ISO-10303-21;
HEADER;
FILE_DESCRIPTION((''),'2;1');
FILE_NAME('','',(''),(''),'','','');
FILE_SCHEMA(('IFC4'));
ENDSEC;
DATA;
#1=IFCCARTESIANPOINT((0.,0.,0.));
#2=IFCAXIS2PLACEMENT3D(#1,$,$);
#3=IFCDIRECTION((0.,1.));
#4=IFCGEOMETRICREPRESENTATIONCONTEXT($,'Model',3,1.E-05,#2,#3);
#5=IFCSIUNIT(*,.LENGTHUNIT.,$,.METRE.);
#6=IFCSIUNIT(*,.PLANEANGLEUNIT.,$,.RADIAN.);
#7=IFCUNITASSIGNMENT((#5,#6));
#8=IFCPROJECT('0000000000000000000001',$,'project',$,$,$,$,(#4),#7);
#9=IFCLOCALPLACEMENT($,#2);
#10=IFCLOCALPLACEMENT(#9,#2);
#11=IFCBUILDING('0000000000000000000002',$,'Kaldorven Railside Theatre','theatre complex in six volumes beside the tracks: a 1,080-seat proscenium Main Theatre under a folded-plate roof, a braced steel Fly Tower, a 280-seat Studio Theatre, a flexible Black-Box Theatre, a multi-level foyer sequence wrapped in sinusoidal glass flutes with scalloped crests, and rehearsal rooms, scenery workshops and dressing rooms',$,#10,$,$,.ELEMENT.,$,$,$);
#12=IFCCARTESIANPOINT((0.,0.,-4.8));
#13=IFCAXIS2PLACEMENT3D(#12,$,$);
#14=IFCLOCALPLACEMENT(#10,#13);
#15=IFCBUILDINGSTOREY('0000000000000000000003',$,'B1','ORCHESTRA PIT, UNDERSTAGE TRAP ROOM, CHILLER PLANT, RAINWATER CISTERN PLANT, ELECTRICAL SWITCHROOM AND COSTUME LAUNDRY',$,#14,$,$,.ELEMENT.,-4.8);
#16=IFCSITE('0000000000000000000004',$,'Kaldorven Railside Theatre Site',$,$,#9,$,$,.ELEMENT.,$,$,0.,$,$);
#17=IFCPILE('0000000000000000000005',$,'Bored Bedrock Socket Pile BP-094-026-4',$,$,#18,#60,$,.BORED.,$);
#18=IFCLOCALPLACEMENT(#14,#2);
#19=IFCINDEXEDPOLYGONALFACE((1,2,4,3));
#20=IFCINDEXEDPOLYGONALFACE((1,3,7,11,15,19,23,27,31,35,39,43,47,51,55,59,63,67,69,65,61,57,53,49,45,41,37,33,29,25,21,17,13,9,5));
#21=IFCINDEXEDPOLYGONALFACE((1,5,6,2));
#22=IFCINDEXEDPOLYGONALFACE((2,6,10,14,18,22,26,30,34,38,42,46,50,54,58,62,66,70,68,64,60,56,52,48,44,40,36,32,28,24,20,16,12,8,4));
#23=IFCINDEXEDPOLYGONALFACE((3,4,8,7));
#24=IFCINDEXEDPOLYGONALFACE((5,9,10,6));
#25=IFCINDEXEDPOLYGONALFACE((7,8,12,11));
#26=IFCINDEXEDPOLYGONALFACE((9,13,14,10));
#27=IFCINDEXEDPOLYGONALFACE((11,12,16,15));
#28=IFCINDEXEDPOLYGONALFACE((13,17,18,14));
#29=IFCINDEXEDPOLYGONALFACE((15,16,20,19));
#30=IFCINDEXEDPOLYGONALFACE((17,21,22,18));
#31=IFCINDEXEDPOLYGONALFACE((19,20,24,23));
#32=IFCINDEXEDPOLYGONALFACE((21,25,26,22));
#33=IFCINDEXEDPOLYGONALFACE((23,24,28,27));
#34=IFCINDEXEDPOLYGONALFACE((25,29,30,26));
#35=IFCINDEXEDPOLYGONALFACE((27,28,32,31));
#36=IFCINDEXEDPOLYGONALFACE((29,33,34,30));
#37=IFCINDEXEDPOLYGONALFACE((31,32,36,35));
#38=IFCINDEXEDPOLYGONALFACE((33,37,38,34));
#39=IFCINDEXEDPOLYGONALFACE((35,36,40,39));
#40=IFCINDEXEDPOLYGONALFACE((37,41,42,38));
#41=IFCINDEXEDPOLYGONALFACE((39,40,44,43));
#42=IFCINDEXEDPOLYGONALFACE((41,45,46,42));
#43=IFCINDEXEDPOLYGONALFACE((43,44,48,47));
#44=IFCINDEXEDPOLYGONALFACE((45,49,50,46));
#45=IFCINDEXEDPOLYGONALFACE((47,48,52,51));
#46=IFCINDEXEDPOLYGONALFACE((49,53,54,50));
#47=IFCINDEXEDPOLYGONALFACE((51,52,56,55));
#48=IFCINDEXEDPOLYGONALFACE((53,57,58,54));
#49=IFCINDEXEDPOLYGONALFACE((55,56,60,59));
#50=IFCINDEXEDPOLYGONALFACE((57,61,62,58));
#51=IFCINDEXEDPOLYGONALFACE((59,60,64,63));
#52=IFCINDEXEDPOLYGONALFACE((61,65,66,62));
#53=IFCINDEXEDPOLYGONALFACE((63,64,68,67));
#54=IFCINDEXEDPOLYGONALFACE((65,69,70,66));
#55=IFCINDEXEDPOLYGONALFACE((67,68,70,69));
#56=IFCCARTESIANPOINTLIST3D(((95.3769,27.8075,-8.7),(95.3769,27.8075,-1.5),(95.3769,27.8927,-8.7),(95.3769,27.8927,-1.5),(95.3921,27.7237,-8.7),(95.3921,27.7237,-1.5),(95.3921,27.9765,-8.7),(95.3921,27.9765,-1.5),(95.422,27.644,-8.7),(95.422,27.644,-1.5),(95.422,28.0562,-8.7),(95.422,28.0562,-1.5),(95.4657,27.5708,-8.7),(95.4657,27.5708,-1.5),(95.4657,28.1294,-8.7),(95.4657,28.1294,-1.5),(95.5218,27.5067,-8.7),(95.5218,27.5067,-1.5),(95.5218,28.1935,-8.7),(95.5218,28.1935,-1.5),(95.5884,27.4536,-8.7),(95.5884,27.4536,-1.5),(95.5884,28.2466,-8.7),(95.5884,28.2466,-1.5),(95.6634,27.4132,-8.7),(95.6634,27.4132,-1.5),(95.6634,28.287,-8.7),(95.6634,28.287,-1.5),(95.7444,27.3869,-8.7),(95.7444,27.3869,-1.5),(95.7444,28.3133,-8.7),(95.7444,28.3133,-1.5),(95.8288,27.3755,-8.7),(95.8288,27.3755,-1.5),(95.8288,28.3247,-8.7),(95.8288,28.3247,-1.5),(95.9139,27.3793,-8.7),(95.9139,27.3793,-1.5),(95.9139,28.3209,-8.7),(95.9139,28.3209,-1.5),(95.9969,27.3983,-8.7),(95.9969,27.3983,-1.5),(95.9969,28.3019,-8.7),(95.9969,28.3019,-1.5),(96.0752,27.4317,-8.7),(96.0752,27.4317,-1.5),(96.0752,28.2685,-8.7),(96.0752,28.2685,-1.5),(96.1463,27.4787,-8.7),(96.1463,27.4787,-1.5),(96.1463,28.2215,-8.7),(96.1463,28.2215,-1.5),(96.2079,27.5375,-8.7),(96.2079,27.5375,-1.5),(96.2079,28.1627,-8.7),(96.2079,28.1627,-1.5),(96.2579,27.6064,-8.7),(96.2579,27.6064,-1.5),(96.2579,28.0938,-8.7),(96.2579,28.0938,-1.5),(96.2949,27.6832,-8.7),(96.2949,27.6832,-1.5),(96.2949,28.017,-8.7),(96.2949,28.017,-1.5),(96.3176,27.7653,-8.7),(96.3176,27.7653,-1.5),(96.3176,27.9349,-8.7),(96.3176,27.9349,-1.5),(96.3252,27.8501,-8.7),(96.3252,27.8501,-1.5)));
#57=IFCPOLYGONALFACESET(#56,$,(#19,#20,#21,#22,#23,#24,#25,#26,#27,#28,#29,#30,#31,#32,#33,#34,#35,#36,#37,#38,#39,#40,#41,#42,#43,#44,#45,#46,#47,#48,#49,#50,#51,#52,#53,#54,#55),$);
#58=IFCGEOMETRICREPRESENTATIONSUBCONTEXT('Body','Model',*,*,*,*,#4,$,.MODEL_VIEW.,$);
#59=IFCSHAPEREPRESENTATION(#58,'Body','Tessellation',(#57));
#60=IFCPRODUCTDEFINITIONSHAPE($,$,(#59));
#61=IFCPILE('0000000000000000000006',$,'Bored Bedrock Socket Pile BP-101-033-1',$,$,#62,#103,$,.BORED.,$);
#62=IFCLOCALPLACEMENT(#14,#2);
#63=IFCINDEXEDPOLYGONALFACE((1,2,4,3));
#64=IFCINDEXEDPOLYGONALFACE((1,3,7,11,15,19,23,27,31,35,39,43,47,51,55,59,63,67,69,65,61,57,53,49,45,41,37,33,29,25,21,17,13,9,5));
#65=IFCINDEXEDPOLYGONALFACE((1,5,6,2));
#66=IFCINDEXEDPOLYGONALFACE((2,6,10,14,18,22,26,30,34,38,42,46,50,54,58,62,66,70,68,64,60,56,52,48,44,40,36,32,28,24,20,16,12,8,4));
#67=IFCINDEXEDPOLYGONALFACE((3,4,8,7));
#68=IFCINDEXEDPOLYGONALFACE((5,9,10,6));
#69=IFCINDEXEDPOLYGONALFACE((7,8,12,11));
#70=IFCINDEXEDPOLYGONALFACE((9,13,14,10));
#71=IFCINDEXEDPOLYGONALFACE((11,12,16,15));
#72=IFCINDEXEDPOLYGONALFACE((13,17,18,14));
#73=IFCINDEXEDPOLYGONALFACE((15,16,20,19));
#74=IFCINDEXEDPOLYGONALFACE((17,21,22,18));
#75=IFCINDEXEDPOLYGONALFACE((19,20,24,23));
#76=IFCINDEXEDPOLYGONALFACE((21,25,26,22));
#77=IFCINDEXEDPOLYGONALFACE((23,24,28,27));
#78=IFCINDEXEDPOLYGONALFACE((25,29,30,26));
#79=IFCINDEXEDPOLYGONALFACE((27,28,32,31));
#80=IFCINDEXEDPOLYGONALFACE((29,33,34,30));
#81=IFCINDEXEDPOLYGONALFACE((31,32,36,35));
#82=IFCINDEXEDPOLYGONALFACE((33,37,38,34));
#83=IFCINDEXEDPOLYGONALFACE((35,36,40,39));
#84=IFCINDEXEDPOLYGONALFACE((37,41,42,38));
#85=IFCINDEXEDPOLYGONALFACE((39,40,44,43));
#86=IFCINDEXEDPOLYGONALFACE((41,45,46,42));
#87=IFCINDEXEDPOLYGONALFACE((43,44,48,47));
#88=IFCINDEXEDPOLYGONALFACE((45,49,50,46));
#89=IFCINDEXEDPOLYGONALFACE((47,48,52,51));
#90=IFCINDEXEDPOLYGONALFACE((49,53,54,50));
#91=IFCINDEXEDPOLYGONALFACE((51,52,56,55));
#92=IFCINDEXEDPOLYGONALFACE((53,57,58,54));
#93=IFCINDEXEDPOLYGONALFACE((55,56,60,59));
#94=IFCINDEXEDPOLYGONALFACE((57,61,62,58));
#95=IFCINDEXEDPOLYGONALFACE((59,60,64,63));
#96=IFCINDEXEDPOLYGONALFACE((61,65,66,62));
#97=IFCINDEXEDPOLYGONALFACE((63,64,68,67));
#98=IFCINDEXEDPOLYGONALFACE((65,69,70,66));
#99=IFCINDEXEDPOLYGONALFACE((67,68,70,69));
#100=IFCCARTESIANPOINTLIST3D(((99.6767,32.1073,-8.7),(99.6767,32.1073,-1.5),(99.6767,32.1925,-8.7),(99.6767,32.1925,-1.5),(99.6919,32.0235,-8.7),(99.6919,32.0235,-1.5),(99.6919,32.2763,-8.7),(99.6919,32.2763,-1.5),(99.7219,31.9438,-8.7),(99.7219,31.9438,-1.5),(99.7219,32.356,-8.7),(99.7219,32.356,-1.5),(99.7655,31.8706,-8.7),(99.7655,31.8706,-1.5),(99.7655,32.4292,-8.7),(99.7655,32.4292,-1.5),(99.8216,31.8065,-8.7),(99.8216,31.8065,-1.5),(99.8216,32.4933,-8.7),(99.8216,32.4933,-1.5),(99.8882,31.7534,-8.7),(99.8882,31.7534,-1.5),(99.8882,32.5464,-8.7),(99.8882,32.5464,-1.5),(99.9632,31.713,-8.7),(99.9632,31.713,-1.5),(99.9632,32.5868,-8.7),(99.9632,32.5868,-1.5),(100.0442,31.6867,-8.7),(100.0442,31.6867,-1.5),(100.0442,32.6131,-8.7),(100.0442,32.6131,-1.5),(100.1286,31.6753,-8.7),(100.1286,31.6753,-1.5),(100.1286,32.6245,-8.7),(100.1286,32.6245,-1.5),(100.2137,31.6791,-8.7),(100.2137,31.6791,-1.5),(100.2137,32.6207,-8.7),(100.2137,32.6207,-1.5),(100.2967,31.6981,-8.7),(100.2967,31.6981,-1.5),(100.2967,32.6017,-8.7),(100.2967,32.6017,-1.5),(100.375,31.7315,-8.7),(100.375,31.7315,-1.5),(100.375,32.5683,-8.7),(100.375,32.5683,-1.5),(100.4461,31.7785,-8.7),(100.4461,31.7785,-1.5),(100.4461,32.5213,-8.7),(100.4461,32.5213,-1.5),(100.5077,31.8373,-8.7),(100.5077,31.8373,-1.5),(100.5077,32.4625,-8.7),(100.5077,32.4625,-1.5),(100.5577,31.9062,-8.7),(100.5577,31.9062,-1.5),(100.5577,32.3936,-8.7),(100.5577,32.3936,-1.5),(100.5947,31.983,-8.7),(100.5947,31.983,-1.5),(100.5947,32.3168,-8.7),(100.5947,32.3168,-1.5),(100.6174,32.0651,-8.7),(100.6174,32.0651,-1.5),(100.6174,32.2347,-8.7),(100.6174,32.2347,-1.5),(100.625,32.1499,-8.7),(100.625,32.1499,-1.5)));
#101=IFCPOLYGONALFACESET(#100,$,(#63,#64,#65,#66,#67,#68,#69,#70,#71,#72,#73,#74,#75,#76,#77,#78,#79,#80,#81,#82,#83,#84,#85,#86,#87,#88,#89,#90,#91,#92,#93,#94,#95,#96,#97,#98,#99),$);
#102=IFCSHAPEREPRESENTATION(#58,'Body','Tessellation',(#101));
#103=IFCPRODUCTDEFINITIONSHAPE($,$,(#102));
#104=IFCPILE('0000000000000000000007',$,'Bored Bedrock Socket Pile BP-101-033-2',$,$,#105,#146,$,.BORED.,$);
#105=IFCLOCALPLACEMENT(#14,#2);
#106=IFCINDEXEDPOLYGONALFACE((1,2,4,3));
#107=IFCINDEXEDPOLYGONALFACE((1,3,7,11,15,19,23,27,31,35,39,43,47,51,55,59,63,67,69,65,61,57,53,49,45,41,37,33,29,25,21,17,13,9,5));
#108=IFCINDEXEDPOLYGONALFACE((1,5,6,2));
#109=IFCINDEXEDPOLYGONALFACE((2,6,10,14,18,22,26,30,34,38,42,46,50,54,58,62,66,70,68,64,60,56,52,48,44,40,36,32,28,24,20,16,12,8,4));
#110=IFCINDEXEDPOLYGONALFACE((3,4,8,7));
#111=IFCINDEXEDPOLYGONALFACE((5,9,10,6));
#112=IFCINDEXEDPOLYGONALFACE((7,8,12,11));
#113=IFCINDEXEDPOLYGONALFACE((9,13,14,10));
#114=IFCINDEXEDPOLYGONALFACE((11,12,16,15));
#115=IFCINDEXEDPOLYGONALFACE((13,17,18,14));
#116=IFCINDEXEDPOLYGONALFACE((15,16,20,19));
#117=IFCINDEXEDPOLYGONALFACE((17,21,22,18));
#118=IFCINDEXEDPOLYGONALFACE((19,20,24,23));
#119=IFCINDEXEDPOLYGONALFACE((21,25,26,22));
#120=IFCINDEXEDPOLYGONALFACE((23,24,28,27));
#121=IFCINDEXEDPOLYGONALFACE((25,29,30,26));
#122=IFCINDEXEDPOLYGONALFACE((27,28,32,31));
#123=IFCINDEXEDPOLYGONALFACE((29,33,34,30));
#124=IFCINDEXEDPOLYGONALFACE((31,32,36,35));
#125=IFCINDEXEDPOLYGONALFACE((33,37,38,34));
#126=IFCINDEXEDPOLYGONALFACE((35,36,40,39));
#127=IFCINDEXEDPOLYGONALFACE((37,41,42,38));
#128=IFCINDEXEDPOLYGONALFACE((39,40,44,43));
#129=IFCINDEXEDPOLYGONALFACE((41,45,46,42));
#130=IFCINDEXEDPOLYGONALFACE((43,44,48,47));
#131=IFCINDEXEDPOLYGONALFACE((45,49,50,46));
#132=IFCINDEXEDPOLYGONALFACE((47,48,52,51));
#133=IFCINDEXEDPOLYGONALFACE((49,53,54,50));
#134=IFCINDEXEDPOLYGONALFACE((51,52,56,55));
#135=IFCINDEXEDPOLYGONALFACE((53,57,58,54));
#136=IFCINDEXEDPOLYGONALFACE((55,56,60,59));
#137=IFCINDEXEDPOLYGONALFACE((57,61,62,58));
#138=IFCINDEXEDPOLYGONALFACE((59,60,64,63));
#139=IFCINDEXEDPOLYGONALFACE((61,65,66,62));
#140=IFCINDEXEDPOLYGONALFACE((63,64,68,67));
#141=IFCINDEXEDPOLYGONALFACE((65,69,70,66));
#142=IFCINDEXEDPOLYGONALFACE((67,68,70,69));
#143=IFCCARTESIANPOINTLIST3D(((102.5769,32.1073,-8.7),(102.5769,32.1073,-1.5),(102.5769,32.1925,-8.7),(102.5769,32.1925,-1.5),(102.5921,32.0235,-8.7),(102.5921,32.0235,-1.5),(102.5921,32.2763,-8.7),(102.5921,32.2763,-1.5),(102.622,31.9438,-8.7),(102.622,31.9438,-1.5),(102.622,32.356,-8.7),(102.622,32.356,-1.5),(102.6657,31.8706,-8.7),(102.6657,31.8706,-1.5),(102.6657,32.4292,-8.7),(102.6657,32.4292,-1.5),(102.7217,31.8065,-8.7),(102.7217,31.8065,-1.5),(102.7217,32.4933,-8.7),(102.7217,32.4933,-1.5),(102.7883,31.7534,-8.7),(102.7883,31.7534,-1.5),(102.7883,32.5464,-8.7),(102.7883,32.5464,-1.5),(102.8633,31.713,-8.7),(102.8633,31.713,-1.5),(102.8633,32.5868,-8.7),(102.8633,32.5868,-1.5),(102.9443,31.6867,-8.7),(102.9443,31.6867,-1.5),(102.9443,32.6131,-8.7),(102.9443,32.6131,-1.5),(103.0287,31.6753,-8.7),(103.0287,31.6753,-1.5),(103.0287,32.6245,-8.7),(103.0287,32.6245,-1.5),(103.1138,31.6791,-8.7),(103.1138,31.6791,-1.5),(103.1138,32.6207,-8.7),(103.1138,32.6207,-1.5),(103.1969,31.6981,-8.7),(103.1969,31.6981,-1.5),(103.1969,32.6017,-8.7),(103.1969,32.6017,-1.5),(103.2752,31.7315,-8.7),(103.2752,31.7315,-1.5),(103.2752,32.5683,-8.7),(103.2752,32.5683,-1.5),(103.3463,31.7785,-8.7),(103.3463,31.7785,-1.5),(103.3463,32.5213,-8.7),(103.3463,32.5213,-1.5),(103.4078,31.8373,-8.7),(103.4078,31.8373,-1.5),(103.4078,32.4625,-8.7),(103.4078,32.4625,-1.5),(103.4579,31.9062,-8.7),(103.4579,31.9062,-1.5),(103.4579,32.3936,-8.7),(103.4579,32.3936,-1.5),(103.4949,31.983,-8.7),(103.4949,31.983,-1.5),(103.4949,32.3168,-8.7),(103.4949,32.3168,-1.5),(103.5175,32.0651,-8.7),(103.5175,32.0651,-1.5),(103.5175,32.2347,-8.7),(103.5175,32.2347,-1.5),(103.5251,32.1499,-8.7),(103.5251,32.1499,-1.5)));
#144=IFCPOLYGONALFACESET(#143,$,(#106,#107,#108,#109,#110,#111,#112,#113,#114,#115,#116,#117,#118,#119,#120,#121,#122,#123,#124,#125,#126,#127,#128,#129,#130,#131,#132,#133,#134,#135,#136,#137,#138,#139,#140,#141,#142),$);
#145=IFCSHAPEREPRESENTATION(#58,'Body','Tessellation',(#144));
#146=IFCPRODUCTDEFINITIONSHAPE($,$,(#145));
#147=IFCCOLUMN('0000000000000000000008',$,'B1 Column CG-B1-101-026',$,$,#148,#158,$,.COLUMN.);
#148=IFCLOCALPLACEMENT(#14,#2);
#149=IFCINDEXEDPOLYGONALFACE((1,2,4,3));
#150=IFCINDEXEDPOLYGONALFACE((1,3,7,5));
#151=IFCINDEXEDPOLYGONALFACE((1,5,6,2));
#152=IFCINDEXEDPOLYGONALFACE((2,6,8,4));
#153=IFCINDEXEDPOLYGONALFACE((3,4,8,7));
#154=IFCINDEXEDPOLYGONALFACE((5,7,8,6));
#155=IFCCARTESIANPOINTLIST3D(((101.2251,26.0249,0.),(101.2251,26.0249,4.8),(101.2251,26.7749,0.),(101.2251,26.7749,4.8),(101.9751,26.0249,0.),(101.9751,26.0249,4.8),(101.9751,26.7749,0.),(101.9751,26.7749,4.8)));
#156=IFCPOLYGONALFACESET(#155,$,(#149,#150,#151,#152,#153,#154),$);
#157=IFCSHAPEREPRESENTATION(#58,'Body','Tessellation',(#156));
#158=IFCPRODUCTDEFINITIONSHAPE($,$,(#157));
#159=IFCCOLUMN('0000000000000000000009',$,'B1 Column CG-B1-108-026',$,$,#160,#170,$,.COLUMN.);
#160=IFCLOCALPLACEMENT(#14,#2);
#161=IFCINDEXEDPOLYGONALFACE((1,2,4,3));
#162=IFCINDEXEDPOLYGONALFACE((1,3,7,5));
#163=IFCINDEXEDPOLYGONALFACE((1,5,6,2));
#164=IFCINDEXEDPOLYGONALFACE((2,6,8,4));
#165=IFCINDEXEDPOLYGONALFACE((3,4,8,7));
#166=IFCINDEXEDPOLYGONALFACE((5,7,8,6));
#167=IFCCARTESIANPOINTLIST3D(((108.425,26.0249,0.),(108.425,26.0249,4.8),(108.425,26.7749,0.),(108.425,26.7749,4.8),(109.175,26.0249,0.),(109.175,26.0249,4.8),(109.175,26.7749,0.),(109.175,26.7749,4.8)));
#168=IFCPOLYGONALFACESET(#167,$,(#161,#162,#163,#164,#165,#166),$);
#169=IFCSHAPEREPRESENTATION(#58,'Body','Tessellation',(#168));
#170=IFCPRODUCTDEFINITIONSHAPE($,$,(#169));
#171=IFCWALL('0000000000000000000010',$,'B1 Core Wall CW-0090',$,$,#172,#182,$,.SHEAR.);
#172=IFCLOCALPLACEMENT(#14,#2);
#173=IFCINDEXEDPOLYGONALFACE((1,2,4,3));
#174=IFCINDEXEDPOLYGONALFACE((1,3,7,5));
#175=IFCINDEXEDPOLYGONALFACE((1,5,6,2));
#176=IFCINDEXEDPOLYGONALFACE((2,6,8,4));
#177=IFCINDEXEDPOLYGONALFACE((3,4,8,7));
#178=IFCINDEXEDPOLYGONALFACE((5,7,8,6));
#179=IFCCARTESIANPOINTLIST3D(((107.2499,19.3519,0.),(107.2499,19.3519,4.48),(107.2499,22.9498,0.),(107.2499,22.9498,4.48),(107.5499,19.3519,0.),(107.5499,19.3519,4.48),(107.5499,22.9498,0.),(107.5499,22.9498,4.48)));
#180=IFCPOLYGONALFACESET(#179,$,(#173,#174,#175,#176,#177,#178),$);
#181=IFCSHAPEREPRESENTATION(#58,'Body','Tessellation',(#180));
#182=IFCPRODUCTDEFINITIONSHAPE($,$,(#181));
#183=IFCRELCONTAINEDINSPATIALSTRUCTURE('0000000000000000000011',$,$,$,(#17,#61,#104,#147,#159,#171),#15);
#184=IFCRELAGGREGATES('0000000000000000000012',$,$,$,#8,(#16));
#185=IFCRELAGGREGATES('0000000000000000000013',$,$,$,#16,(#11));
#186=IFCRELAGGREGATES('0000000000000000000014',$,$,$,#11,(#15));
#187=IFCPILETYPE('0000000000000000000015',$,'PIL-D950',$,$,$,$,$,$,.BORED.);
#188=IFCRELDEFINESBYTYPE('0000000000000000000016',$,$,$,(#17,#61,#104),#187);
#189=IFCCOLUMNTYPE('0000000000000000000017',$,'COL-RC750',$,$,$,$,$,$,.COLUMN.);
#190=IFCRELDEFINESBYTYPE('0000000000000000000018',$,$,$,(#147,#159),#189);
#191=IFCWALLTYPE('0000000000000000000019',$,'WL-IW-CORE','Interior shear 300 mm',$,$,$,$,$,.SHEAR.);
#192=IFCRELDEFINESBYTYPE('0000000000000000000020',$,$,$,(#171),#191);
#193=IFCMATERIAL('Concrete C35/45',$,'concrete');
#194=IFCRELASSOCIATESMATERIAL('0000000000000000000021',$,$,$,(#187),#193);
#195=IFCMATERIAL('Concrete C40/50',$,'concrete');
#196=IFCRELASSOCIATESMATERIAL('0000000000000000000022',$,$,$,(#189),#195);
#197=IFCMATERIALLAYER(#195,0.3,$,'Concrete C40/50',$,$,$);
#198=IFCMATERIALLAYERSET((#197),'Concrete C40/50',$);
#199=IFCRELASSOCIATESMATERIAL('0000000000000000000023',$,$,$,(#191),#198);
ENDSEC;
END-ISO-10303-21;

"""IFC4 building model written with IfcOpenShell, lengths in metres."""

from ifc_helpers import new_model, si_unit, direction, frame, frame_2d, origin, origin_2d, place, context, subcontext, project, spatial, rectangle, circle, extrude, material, layer, layer_set, material_profile, profile_set, type_object, element, save


model = new_model("IFC4")

# Units and contexts
model_context = context("Model", 3, precision=1e-05, world=origin(), true_north=direction((0.0, 1.0)))
body_context = subcontext(model_context, "Body", "Model", "MODEL_VIEW")
ifc_project = project(units=[si_unit("LENGTHUNIT", "METRE"), si_unit("PLANEANGLEUNIT", "RADIAN")], contexts=[model_context])

# Site, building, storey
site_placement = place(None, origin())
site = spatial("IfcSite", under=ifc_project, at=site_placement, Name="Kaldorven Railside Theatre Site", CompositionType="ELEMENT", RefElevation=0.0)
building_placement = place(site_placement, origin())
building = spatial("IfcBuilding", under=site, at=building_placement, Name="Kaldorven Railside Theatre", Description="theatre complex in six volumes beside the tracks: a 1,080-seat proscenium Main Theatre under a folded-plate roof, a braced steel Fly Tower, a 280-seat Studio Theatre, a flexible Black-Box Theatre, a multi-level foyer sequence wrapped in sinusoidal glass flutes with scalloped crests, and rehearsal rooms, scenery workshops and dressing rooms", CompositionType="ELEMENT")
storey_placement = place(building_placement, frame((0.0, 0.0, -4.8)))
storey = spatial("IfcBuildingStorey", under=building, at=storey_placement, Name="B1", Description="ORCHESTRA PIT, UNDERSTAGE TRAP ROOM, CHILLER PLANT, RAINWATER CISTERN PLANT, ELECTRICAL SWITCHROOM AND COSTUME LAUNDRY", CompositionType="ELEMENT", Elevation=-4.8)

# Shared definitions
ifc_material_1 = material(Name="Concrete C40/50", Category="concrete")

# Piles
ifc_material_2 = material(Name="Concrete C35/45", Category="concrete")
ifc_material_profile_1 = material_profile(ifc_material_2, circle(Radius=0.4751, at=origin_2d()), Name="BP D950")
ifc_profile_set_1 = profile_set([ifc_material_profile_1], Name="Concrete C35/45")
pile_type_1 = type_object("IfcPileType", Name="PIL-D950", PredefinedType="BORED", material=ifc_profile_set_1)
for number, where, z_axis, x_axis, name in (
    (1, (95.8501, 27.8501, -1.5), (0.0, 0.0, -1.0), (1.0, 0.0, 0.0), "Bored Bedrock Socket Pile BP-094-026-4"),
    (2, (100.1499, 32.1499, -1.5), (0.0, 0.0, -1.0), (1.0, 0.0, 0.0), "Bored Bedrock Socket Pile BP-101-033-1"),
    (3, (103.05, 32.1499, -1.5), (0.0, 0.0, -1.0), (1.0, 0.0, 0.0), "Bored Bedrock Socket Pile BP-101-033-2"),
):
    element("IfcPile", number, at=place(storey_placement, frame(where, z_axis=z_axis, x_axis=x_axis)), inside=storey, type_object=pile_type_1, Name=name, PredefinedType="BORED", context=body_context, shape_type="SweptSolid", body=[
        extrude(circle(Radius=0.4751, at=origin_2d()), origin(), (0.0, 0.0, 1.0), 7.2),
    ])

# Columns
ifc_material_profile_2 = material_profile(ifc_material_1, rectangle(XDim=0.75, YDim=0.75, at=origin_2d()), Name="RC 750x750")
ifc_profile_set_2 = profile_set([ifc_material_profile_2], Name="Concrete C40/50")
column_type = type_object("IfcColumnType", Name="COL-RC750", PredefinedType="COLUMN", material=ifc_profile_set_2)
for number, where, z_axis, x_axis, name in (
    (4, (101.6001, 26.3999, 0.0), (0.0, 0.0, 1.0), (1.0, 0.0, 0.0), "B1 Column CG-B1-101-026"),
    (5, (108.8, 26.3999, 0.0), (0.0, 0.0, 1.0), (0.0, 1.0, 0.0), "B1 Column CG-B1-108-026"),
):
    element("IfcColumn", number, at=place(storey_placement, frame(where, z_axis=z_axis, x_axis=x_axis)), inside=storey, type_object=column_type, Name=name, PredefinedType="COLUMN", context=body_context, shape_type="SweptSolid", body=[
        extrude(rectangle(XDim=0.75, YDim=0.75, at=origin_2d()), origin(), (0.0, 0.0, 1.0), 4.8),
    ])

# Wall
ifc_layer_1 = layer(ifc_material_1, 0.3, Name="Concrete C40/50")
ifc_layer_set_1 = layer_set([ifc_layer_1], Name="Concrete C40/50")
wall_type_1 = type_object("IfcWallType", Name="WL-IW-CORE", Description="Interior shear 300 mm", PredefinedType="SHEAR", material=ifc_layer_set_1)
wall_1_placement = place(storey_placement, frame((107.3999, 19.3521, 0.0), z_axis=(0.0, 0.0, 1.0), x_axis=(0.0, 1.0, 0.0)))
element("IfcWall", 6, at=wall_1_placement, inside=storey, type_object=wall_type_1, Name="B1 Core Wall CW-0090", PredefinedType="SHEAR", context=body_context, shape_type="SweptSolid", body=[
    extrude(rectangle(XDim=3.5979, YDim=0.3, at=frame_2d((1.7988, 0.0))), origin(), (0.0, 0.0, 1.0), 4.48),
])

save(model, "model.ifc")
